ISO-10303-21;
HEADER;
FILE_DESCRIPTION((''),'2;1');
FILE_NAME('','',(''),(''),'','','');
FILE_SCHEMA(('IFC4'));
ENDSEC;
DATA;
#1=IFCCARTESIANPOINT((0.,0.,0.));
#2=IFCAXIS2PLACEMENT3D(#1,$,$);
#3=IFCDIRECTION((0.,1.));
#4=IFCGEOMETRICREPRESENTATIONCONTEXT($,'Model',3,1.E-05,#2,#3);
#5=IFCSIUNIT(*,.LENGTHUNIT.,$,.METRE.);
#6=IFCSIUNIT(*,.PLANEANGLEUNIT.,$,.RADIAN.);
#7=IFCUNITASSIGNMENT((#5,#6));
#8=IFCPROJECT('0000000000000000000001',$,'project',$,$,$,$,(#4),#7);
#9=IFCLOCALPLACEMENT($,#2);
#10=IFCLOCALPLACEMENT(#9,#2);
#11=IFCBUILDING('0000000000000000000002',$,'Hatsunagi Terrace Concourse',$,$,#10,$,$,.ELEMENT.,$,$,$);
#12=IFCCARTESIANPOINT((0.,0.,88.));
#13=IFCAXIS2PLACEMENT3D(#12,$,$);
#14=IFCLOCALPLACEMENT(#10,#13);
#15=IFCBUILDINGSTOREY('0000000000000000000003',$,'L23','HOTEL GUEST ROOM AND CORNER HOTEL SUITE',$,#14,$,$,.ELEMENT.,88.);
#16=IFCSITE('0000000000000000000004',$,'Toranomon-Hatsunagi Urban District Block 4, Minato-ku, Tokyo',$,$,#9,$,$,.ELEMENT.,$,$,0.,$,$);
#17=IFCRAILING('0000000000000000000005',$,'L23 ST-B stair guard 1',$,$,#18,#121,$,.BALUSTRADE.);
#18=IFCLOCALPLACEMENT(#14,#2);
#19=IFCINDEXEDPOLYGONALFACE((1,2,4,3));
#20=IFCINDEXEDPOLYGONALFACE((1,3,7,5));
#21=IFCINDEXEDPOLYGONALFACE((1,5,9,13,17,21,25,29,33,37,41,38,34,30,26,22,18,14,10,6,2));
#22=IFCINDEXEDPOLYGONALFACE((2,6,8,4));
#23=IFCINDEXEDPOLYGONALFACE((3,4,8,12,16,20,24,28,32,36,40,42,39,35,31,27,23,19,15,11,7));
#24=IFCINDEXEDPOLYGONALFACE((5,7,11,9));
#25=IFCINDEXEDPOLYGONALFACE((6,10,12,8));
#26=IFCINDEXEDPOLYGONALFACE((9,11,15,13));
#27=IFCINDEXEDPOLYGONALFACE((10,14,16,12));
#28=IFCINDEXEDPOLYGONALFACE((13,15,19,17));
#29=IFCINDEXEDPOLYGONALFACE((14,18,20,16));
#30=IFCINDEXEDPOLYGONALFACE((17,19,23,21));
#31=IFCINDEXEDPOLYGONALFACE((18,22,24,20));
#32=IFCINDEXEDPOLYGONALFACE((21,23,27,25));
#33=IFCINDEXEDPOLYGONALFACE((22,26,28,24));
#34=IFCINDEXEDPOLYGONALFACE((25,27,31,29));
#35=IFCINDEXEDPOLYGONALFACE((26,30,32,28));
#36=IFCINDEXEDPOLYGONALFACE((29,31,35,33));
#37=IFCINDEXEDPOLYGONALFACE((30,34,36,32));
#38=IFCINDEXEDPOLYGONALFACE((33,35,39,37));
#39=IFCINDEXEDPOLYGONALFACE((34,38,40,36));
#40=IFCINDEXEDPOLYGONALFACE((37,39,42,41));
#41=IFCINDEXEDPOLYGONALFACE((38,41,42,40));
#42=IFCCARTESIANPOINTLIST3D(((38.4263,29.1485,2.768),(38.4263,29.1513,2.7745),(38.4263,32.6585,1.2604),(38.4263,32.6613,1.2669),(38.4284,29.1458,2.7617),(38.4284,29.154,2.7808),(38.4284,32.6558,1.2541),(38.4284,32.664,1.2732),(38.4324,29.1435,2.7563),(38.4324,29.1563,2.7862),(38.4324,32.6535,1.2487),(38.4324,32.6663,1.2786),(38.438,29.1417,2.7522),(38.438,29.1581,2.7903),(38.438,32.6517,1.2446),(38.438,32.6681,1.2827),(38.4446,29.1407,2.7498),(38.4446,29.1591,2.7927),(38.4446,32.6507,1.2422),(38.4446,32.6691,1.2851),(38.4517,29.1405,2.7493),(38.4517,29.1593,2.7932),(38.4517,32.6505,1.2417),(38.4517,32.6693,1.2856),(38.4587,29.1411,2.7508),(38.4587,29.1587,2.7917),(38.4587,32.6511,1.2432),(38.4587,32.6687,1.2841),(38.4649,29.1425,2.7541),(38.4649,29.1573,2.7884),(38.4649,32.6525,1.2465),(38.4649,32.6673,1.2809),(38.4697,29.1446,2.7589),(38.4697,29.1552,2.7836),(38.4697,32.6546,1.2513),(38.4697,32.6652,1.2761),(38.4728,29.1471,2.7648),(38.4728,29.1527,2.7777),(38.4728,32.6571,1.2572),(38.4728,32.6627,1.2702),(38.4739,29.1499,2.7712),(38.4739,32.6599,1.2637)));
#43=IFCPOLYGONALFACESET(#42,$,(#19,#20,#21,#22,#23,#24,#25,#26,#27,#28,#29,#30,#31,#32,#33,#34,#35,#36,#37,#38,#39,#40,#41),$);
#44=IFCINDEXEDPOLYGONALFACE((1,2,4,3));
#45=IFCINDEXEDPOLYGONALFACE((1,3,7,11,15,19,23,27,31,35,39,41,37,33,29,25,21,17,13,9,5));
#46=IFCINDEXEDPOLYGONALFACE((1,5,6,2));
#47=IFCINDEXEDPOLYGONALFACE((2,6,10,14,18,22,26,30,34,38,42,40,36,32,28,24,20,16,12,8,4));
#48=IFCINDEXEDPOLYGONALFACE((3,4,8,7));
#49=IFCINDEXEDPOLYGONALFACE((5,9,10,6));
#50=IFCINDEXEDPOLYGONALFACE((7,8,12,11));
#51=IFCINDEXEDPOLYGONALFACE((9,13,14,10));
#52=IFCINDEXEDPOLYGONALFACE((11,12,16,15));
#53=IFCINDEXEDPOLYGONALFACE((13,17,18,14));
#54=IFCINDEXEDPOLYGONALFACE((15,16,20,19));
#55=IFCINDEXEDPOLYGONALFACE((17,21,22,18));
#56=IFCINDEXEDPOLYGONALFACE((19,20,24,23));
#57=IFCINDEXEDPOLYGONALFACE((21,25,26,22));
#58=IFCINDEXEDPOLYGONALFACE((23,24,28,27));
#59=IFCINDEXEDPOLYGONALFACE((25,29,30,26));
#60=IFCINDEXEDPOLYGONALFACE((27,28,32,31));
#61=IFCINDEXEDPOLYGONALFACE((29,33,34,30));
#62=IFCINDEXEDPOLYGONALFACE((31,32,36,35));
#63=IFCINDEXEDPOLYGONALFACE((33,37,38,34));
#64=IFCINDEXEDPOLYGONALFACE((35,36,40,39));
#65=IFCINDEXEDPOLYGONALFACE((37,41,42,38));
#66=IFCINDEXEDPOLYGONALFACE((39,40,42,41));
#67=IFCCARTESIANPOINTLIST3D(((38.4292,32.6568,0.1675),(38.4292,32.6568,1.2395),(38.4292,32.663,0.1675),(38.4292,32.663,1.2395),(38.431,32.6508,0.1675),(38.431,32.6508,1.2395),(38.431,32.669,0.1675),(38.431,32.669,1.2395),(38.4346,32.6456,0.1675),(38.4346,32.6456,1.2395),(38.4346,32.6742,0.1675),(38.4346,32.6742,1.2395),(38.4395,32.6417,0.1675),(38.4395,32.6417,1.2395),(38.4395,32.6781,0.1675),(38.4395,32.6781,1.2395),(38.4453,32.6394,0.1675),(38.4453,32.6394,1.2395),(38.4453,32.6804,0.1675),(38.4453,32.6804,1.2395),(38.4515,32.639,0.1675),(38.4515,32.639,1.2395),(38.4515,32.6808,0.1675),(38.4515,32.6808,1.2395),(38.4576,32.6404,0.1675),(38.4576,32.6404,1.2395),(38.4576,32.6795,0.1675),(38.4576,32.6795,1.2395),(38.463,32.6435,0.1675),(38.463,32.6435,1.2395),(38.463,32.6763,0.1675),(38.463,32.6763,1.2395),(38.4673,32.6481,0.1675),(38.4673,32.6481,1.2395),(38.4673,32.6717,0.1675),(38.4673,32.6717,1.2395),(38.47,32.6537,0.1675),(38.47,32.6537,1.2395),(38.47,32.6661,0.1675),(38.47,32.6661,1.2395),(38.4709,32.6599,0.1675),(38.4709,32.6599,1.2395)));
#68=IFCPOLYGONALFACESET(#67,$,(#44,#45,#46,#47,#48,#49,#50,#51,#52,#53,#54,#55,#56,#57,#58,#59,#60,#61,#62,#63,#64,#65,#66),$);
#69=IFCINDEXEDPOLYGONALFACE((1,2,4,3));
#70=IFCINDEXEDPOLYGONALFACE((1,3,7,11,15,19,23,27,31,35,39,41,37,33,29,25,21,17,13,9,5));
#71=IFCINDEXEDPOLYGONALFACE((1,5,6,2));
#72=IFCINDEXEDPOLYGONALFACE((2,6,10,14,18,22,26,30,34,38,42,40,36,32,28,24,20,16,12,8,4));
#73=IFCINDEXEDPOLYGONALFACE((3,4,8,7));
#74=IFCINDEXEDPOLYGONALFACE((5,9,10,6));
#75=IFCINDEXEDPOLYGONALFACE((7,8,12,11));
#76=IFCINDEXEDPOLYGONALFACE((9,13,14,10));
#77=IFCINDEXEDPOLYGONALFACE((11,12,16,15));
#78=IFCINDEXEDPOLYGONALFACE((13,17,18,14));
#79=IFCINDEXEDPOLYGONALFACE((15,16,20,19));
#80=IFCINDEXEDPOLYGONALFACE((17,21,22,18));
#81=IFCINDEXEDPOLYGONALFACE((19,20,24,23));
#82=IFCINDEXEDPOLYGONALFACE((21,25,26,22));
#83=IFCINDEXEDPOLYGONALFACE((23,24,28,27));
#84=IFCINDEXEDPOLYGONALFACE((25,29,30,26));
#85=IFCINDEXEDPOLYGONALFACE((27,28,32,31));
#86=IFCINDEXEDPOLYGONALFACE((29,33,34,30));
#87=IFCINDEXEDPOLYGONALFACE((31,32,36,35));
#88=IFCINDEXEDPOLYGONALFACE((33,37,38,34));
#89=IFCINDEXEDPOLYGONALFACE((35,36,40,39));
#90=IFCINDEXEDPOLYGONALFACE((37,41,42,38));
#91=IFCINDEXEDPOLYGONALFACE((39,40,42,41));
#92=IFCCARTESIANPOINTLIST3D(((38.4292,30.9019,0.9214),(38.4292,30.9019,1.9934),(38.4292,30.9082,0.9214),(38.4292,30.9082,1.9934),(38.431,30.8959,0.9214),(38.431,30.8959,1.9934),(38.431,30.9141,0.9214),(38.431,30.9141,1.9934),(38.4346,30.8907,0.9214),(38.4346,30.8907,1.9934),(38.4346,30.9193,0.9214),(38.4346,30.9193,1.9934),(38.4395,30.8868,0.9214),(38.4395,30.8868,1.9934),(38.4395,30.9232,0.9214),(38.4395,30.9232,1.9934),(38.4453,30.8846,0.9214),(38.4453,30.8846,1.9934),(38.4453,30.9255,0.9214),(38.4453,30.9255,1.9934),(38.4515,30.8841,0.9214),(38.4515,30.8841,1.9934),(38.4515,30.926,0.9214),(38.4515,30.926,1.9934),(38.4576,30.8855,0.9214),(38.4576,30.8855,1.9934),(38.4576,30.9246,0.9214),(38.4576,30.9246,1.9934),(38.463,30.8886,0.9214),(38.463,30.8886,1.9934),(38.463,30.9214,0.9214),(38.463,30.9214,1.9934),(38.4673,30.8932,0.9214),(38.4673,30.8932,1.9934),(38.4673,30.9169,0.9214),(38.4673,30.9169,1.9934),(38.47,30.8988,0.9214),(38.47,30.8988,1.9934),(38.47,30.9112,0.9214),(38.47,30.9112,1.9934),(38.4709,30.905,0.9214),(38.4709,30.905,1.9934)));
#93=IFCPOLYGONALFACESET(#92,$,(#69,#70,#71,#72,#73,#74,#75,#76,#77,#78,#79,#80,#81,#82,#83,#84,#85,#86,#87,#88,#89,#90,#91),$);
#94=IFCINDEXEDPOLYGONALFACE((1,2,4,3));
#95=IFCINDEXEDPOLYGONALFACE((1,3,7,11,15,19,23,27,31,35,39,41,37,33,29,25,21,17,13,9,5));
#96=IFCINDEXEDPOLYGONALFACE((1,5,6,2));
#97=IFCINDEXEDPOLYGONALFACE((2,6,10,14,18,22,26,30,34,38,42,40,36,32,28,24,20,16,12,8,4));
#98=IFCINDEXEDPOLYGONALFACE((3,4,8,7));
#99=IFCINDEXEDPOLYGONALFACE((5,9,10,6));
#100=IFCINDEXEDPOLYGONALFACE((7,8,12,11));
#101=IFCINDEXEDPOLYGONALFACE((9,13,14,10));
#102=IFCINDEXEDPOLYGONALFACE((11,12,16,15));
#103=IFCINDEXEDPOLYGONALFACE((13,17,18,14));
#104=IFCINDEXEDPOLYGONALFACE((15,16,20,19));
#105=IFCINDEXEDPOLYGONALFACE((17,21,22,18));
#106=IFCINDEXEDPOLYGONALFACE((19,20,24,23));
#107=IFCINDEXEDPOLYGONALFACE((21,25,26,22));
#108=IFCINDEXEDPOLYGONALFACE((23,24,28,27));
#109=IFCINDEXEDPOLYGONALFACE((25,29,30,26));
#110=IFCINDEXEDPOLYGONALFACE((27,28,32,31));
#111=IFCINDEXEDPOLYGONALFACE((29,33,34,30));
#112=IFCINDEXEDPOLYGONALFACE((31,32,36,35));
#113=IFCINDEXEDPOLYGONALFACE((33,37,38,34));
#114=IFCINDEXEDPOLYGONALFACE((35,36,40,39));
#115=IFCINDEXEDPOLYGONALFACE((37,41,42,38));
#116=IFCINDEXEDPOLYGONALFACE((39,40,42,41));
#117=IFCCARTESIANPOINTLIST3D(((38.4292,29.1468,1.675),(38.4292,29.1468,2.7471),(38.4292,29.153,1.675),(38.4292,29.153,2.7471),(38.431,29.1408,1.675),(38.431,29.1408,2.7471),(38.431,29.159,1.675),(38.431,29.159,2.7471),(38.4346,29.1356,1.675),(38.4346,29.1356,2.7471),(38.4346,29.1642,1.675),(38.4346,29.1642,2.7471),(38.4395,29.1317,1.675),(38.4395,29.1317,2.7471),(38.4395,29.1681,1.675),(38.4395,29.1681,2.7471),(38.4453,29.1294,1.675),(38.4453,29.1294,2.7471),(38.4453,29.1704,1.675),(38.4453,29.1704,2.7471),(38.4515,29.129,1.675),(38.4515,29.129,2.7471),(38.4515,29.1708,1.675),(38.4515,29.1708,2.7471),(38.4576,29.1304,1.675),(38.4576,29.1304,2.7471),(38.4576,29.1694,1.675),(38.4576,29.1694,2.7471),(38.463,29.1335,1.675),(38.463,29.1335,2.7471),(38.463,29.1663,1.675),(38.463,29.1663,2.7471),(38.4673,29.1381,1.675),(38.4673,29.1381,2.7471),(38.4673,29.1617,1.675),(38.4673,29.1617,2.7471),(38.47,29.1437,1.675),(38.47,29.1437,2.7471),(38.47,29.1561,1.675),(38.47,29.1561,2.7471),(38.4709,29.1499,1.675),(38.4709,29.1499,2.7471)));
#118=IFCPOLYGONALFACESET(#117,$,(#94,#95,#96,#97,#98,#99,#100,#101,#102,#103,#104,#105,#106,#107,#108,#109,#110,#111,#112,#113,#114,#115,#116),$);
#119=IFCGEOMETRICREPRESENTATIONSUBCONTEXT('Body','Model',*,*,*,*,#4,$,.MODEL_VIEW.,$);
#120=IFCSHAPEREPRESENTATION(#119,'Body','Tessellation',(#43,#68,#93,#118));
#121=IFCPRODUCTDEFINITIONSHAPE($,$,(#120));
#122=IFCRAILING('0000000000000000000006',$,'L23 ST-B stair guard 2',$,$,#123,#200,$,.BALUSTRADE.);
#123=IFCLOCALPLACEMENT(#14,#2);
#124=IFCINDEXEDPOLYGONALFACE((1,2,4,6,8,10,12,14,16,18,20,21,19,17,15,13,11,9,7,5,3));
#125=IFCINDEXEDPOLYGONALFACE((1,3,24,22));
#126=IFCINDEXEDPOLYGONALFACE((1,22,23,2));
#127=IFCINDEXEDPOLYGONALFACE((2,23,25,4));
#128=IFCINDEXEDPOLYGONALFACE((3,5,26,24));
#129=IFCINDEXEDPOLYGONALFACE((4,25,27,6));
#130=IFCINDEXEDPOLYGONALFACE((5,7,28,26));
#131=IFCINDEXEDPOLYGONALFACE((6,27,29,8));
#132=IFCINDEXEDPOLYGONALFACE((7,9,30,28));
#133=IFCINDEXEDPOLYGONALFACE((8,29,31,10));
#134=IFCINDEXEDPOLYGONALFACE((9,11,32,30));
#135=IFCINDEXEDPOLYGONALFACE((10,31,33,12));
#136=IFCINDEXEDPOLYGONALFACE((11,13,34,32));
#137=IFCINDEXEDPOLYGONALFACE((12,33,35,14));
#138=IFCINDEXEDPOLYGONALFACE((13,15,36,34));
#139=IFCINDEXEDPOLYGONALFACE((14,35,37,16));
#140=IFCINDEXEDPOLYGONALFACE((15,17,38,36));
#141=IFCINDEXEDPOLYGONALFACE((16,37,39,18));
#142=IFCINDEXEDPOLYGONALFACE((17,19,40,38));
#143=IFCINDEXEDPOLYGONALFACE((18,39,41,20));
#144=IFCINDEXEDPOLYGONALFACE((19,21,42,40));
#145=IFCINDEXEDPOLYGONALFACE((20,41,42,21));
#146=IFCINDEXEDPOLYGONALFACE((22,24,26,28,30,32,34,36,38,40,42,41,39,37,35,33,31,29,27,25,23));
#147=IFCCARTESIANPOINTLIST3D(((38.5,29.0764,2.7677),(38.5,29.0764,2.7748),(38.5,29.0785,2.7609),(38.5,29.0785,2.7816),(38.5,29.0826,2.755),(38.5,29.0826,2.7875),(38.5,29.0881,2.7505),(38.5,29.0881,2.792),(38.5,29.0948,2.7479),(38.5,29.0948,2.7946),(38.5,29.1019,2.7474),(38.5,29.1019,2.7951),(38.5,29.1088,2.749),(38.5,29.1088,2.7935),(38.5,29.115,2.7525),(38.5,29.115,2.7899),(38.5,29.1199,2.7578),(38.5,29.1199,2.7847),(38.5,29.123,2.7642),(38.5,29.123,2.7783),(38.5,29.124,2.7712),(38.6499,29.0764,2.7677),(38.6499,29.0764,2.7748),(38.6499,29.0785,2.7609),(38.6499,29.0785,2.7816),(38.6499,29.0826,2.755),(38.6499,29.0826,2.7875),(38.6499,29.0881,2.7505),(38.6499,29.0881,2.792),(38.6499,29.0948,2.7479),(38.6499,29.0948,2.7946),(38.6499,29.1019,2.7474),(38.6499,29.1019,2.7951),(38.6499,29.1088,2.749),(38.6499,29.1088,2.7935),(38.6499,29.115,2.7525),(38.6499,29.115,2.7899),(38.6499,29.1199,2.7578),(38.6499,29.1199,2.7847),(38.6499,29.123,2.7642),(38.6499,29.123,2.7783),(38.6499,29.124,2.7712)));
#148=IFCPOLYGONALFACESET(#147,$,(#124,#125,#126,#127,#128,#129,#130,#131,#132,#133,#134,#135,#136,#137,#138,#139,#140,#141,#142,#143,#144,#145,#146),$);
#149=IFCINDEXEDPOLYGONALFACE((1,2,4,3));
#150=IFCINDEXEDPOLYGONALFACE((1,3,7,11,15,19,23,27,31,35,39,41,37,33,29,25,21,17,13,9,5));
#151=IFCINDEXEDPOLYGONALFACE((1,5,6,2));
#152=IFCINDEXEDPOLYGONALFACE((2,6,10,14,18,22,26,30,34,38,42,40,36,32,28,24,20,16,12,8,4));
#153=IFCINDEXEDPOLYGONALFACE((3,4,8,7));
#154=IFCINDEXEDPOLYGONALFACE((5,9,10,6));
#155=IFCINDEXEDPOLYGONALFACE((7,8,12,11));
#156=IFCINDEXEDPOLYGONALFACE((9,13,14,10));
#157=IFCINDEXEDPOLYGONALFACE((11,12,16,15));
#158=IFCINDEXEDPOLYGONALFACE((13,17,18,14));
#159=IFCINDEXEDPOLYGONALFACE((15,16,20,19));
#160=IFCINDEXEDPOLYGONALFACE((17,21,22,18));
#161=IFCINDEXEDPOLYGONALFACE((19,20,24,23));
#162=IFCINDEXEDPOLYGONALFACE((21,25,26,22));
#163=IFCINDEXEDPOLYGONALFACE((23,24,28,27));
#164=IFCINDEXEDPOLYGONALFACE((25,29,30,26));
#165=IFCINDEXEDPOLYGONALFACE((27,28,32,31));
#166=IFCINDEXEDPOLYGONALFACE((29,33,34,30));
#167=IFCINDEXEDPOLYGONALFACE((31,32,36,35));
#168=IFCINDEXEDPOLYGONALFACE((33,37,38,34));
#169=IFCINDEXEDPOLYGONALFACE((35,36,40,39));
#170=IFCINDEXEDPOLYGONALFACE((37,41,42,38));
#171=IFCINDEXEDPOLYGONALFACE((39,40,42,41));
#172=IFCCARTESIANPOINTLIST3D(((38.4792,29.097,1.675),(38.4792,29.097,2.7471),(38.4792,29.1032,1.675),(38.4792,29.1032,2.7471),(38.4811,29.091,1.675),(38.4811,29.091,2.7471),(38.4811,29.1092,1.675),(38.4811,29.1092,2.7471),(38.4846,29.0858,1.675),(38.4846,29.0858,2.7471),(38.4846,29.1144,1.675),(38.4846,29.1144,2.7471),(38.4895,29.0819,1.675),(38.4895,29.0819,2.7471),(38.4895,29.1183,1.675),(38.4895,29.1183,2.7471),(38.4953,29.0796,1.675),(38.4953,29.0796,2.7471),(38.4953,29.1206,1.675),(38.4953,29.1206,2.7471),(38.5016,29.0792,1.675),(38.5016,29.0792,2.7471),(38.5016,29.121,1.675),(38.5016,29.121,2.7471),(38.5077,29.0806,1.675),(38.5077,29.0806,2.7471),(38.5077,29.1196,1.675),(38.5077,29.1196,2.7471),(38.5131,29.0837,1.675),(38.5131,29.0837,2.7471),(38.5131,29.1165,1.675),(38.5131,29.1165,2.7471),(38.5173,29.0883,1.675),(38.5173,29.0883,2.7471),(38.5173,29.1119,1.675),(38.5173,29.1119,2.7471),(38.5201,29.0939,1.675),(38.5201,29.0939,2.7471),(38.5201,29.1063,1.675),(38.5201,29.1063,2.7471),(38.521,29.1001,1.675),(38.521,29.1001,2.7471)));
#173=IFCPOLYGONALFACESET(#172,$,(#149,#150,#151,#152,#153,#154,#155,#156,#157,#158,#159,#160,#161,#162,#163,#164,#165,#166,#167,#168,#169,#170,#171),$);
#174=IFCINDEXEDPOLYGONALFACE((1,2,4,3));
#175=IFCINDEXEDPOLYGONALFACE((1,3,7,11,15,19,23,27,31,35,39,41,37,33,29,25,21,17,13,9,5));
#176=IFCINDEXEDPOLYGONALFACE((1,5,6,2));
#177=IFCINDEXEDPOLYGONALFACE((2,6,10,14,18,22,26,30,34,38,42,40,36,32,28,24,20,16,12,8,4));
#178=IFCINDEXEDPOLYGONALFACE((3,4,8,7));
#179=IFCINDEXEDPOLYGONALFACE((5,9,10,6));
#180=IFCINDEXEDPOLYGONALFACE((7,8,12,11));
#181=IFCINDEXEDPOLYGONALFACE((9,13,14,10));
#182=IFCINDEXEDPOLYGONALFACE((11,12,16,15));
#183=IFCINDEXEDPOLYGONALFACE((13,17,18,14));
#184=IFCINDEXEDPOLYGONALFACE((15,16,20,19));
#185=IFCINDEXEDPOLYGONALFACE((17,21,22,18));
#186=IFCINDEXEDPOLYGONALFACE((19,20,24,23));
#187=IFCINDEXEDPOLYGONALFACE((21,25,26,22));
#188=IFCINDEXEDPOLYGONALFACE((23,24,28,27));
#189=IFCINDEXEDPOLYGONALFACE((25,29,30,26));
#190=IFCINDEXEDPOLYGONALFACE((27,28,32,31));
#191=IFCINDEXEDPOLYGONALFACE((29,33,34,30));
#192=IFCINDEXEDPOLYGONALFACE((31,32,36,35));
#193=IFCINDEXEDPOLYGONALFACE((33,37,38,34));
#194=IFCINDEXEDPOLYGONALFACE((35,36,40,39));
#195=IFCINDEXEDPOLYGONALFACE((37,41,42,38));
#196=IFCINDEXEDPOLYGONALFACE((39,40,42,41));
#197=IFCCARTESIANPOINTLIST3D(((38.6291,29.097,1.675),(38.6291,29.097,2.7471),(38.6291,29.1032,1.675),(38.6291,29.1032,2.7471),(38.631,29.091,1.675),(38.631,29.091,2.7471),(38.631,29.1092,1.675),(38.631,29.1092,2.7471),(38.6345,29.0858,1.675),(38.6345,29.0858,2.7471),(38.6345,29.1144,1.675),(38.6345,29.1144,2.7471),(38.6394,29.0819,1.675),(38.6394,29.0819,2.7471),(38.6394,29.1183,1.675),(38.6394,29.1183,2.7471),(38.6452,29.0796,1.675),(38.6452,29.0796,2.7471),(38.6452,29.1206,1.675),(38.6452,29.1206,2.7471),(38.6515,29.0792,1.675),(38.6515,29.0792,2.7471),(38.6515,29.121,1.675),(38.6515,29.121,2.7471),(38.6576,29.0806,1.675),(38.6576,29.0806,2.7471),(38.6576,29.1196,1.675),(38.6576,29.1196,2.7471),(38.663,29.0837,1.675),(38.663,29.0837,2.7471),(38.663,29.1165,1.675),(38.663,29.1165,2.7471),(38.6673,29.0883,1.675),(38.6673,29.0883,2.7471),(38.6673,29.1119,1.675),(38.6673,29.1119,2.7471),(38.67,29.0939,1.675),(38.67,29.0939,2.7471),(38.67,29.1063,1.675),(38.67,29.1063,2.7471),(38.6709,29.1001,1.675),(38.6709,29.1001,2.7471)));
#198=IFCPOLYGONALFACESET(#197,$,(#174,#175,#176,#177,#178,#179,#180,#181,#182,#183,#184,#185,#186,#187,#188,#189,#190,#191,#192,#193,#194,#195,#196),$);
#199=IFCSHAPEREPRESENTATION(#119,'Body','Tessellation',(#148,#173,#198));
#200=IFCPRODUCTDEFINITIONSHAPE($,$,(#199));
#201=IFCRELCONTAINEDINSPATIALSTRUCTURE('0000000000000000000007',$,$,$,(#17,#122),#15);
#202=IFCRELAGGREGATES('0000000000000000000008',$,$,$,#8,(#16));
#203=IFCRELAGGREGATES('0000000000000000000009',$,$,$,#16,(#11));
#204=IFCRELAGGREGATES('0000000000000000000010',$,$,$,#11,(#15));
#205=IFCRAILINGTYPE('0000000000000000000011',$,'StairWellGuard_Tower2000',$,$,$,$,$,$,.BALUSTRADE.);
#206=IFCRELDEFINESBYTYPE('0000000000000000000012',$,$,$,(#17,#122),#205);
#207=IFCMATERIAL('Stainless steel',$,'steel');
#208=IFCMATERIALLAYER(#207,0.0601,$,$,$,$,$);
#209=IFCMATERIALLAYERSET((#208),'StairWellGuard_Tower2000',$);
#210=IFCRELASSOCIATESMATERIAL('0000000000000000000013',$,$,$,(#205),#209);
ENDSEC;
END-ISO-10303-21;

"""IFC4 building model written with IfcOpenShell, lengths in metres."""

from ifc_helpers import new_model, si_unit, direction, frame, origin, origin_2d, place, context, subcontext, project, spatial, circle, extrude, material, layer, layer_set, type_object, element, save


model = new_model("IFC4")

# Units and contexts
model_context = context("Model", 3, precision=1e-05, world=origin(), true_north=direction((0.0, 1.0)))
body_context = subcontext(model_context, "Body", "Model", "MODEL_VIEW")
ifc_project = project(units=[si_unit("LENGTHUNIT", "METRE"), si_unit("PLANEANGLEUNIT", "RADIAN")], contexts=[model_context])

# Site, building, storey
site_placement = place(None, origin())
site = spatial("IfcSite", under=ifc_project, at=site_placement, Name="Toranomon-Hatsunagi Urban District Block 4, Minato-ku, Tokyo", CompositionType="ELEMENT", RefElevation=0.0)
building_placement = place(site_placement, origin())
building = spatial("IfcBuilding", under=site, at=building_placement, Name="Hatsunagi Terrace Concourse", CompositionType="ELEMENT")
storey_placement = place(building_placement, frame((0.0, 0.0, 88.0)))
storey = spatial("IfcBuildingStorey", under=building, at=storey_placement, Name="L23", Description="HOTEL GUEST ROOM AND CORNER HOTEL SUITE", CompositionType="ELEMENT", Elevation=88.0)

# Railings
ifc_material_1 = material(Name="Stainless steel", Category="steel")
ifc_layer_1 = layer(ifc_material_1, 0.0601)
ifc_layer_set_1 = layer_set([ifc_layer_1], Name="StairWellGuard_Tower2000")
railing_type_1 = type_object("IfcRailingType", Name="StairWellGuard_Tower2000", PredefinedType="BALUSTRADE", material=ifc_layer_set_1)
railing_1_placement = place(storey_placement, frame((38.45, 32.6599, 0.1675)))
element("IfcRailing", 1, at=railing_1_placement, inside=storey, type_object=railing_type_1, Name="L23 ST-B stair guard 1", PredefinedType="BALUSTRADE", context=body_context, shape_type="SweptSolid", body=[
    extrude(circle(Radius=0.0239, at=origin_2d()), frame((0.0, 0.0, 1.0962), z_axis=(0.0, -0.918834, 0.394644), x_axis=(1.0, 0.0, 0.0)), (0.0, 0.0, 1.0), 3.8201),
    extrude(circle(Radius=0.021, at=origin_2d()), origin(), (0.0, 0.0, 1.0), 1.072),
    extrude(circle(Radius=0.021, at=origin_2d()), frame((0.0, -1.7549, 0.7539)), (0.0, 0.0, 1.0), 1.072),
    extrude(circle(Radius=0.021, at=origin_2d()), frame((0.0, -3.51, 1.5076)), (0.0, 0.0, 1.0), 1.072),
])
railing_2_placement = place(storey_placement, frame((38.5, 29.1001, 1.675)))
element("IfcRailing", 2, at=railing_2_placement, inside=storey, type_object=railing_type_1, Name="L23 ST-B stair guard 2", PredefinedType="BALUSTRADE", context=body_context, shape_type="SweptSolid", body=[
    extrude(circle(Radius=0.0239, at=origin_2d()), frame((0.0, 0.0, 1.0962), z_axis=(1.0, 0.0, 0.0), x_axis=(0.0, 1.0, 0.0)), (0.0, 0.0, 1.0), 0.1499),
    extrude(circle(Radius=0.021, at=origin_2d()), origin(), (0.0, 0.0, 1.0), 1.072),
    extrude(circle(Radius=0.021, at=origin_2d()), frame((0.1499, 0.0, 0.0)), (0.0, 0.0, 1.0), 1.072),
])

save(model, "model.ifc")
